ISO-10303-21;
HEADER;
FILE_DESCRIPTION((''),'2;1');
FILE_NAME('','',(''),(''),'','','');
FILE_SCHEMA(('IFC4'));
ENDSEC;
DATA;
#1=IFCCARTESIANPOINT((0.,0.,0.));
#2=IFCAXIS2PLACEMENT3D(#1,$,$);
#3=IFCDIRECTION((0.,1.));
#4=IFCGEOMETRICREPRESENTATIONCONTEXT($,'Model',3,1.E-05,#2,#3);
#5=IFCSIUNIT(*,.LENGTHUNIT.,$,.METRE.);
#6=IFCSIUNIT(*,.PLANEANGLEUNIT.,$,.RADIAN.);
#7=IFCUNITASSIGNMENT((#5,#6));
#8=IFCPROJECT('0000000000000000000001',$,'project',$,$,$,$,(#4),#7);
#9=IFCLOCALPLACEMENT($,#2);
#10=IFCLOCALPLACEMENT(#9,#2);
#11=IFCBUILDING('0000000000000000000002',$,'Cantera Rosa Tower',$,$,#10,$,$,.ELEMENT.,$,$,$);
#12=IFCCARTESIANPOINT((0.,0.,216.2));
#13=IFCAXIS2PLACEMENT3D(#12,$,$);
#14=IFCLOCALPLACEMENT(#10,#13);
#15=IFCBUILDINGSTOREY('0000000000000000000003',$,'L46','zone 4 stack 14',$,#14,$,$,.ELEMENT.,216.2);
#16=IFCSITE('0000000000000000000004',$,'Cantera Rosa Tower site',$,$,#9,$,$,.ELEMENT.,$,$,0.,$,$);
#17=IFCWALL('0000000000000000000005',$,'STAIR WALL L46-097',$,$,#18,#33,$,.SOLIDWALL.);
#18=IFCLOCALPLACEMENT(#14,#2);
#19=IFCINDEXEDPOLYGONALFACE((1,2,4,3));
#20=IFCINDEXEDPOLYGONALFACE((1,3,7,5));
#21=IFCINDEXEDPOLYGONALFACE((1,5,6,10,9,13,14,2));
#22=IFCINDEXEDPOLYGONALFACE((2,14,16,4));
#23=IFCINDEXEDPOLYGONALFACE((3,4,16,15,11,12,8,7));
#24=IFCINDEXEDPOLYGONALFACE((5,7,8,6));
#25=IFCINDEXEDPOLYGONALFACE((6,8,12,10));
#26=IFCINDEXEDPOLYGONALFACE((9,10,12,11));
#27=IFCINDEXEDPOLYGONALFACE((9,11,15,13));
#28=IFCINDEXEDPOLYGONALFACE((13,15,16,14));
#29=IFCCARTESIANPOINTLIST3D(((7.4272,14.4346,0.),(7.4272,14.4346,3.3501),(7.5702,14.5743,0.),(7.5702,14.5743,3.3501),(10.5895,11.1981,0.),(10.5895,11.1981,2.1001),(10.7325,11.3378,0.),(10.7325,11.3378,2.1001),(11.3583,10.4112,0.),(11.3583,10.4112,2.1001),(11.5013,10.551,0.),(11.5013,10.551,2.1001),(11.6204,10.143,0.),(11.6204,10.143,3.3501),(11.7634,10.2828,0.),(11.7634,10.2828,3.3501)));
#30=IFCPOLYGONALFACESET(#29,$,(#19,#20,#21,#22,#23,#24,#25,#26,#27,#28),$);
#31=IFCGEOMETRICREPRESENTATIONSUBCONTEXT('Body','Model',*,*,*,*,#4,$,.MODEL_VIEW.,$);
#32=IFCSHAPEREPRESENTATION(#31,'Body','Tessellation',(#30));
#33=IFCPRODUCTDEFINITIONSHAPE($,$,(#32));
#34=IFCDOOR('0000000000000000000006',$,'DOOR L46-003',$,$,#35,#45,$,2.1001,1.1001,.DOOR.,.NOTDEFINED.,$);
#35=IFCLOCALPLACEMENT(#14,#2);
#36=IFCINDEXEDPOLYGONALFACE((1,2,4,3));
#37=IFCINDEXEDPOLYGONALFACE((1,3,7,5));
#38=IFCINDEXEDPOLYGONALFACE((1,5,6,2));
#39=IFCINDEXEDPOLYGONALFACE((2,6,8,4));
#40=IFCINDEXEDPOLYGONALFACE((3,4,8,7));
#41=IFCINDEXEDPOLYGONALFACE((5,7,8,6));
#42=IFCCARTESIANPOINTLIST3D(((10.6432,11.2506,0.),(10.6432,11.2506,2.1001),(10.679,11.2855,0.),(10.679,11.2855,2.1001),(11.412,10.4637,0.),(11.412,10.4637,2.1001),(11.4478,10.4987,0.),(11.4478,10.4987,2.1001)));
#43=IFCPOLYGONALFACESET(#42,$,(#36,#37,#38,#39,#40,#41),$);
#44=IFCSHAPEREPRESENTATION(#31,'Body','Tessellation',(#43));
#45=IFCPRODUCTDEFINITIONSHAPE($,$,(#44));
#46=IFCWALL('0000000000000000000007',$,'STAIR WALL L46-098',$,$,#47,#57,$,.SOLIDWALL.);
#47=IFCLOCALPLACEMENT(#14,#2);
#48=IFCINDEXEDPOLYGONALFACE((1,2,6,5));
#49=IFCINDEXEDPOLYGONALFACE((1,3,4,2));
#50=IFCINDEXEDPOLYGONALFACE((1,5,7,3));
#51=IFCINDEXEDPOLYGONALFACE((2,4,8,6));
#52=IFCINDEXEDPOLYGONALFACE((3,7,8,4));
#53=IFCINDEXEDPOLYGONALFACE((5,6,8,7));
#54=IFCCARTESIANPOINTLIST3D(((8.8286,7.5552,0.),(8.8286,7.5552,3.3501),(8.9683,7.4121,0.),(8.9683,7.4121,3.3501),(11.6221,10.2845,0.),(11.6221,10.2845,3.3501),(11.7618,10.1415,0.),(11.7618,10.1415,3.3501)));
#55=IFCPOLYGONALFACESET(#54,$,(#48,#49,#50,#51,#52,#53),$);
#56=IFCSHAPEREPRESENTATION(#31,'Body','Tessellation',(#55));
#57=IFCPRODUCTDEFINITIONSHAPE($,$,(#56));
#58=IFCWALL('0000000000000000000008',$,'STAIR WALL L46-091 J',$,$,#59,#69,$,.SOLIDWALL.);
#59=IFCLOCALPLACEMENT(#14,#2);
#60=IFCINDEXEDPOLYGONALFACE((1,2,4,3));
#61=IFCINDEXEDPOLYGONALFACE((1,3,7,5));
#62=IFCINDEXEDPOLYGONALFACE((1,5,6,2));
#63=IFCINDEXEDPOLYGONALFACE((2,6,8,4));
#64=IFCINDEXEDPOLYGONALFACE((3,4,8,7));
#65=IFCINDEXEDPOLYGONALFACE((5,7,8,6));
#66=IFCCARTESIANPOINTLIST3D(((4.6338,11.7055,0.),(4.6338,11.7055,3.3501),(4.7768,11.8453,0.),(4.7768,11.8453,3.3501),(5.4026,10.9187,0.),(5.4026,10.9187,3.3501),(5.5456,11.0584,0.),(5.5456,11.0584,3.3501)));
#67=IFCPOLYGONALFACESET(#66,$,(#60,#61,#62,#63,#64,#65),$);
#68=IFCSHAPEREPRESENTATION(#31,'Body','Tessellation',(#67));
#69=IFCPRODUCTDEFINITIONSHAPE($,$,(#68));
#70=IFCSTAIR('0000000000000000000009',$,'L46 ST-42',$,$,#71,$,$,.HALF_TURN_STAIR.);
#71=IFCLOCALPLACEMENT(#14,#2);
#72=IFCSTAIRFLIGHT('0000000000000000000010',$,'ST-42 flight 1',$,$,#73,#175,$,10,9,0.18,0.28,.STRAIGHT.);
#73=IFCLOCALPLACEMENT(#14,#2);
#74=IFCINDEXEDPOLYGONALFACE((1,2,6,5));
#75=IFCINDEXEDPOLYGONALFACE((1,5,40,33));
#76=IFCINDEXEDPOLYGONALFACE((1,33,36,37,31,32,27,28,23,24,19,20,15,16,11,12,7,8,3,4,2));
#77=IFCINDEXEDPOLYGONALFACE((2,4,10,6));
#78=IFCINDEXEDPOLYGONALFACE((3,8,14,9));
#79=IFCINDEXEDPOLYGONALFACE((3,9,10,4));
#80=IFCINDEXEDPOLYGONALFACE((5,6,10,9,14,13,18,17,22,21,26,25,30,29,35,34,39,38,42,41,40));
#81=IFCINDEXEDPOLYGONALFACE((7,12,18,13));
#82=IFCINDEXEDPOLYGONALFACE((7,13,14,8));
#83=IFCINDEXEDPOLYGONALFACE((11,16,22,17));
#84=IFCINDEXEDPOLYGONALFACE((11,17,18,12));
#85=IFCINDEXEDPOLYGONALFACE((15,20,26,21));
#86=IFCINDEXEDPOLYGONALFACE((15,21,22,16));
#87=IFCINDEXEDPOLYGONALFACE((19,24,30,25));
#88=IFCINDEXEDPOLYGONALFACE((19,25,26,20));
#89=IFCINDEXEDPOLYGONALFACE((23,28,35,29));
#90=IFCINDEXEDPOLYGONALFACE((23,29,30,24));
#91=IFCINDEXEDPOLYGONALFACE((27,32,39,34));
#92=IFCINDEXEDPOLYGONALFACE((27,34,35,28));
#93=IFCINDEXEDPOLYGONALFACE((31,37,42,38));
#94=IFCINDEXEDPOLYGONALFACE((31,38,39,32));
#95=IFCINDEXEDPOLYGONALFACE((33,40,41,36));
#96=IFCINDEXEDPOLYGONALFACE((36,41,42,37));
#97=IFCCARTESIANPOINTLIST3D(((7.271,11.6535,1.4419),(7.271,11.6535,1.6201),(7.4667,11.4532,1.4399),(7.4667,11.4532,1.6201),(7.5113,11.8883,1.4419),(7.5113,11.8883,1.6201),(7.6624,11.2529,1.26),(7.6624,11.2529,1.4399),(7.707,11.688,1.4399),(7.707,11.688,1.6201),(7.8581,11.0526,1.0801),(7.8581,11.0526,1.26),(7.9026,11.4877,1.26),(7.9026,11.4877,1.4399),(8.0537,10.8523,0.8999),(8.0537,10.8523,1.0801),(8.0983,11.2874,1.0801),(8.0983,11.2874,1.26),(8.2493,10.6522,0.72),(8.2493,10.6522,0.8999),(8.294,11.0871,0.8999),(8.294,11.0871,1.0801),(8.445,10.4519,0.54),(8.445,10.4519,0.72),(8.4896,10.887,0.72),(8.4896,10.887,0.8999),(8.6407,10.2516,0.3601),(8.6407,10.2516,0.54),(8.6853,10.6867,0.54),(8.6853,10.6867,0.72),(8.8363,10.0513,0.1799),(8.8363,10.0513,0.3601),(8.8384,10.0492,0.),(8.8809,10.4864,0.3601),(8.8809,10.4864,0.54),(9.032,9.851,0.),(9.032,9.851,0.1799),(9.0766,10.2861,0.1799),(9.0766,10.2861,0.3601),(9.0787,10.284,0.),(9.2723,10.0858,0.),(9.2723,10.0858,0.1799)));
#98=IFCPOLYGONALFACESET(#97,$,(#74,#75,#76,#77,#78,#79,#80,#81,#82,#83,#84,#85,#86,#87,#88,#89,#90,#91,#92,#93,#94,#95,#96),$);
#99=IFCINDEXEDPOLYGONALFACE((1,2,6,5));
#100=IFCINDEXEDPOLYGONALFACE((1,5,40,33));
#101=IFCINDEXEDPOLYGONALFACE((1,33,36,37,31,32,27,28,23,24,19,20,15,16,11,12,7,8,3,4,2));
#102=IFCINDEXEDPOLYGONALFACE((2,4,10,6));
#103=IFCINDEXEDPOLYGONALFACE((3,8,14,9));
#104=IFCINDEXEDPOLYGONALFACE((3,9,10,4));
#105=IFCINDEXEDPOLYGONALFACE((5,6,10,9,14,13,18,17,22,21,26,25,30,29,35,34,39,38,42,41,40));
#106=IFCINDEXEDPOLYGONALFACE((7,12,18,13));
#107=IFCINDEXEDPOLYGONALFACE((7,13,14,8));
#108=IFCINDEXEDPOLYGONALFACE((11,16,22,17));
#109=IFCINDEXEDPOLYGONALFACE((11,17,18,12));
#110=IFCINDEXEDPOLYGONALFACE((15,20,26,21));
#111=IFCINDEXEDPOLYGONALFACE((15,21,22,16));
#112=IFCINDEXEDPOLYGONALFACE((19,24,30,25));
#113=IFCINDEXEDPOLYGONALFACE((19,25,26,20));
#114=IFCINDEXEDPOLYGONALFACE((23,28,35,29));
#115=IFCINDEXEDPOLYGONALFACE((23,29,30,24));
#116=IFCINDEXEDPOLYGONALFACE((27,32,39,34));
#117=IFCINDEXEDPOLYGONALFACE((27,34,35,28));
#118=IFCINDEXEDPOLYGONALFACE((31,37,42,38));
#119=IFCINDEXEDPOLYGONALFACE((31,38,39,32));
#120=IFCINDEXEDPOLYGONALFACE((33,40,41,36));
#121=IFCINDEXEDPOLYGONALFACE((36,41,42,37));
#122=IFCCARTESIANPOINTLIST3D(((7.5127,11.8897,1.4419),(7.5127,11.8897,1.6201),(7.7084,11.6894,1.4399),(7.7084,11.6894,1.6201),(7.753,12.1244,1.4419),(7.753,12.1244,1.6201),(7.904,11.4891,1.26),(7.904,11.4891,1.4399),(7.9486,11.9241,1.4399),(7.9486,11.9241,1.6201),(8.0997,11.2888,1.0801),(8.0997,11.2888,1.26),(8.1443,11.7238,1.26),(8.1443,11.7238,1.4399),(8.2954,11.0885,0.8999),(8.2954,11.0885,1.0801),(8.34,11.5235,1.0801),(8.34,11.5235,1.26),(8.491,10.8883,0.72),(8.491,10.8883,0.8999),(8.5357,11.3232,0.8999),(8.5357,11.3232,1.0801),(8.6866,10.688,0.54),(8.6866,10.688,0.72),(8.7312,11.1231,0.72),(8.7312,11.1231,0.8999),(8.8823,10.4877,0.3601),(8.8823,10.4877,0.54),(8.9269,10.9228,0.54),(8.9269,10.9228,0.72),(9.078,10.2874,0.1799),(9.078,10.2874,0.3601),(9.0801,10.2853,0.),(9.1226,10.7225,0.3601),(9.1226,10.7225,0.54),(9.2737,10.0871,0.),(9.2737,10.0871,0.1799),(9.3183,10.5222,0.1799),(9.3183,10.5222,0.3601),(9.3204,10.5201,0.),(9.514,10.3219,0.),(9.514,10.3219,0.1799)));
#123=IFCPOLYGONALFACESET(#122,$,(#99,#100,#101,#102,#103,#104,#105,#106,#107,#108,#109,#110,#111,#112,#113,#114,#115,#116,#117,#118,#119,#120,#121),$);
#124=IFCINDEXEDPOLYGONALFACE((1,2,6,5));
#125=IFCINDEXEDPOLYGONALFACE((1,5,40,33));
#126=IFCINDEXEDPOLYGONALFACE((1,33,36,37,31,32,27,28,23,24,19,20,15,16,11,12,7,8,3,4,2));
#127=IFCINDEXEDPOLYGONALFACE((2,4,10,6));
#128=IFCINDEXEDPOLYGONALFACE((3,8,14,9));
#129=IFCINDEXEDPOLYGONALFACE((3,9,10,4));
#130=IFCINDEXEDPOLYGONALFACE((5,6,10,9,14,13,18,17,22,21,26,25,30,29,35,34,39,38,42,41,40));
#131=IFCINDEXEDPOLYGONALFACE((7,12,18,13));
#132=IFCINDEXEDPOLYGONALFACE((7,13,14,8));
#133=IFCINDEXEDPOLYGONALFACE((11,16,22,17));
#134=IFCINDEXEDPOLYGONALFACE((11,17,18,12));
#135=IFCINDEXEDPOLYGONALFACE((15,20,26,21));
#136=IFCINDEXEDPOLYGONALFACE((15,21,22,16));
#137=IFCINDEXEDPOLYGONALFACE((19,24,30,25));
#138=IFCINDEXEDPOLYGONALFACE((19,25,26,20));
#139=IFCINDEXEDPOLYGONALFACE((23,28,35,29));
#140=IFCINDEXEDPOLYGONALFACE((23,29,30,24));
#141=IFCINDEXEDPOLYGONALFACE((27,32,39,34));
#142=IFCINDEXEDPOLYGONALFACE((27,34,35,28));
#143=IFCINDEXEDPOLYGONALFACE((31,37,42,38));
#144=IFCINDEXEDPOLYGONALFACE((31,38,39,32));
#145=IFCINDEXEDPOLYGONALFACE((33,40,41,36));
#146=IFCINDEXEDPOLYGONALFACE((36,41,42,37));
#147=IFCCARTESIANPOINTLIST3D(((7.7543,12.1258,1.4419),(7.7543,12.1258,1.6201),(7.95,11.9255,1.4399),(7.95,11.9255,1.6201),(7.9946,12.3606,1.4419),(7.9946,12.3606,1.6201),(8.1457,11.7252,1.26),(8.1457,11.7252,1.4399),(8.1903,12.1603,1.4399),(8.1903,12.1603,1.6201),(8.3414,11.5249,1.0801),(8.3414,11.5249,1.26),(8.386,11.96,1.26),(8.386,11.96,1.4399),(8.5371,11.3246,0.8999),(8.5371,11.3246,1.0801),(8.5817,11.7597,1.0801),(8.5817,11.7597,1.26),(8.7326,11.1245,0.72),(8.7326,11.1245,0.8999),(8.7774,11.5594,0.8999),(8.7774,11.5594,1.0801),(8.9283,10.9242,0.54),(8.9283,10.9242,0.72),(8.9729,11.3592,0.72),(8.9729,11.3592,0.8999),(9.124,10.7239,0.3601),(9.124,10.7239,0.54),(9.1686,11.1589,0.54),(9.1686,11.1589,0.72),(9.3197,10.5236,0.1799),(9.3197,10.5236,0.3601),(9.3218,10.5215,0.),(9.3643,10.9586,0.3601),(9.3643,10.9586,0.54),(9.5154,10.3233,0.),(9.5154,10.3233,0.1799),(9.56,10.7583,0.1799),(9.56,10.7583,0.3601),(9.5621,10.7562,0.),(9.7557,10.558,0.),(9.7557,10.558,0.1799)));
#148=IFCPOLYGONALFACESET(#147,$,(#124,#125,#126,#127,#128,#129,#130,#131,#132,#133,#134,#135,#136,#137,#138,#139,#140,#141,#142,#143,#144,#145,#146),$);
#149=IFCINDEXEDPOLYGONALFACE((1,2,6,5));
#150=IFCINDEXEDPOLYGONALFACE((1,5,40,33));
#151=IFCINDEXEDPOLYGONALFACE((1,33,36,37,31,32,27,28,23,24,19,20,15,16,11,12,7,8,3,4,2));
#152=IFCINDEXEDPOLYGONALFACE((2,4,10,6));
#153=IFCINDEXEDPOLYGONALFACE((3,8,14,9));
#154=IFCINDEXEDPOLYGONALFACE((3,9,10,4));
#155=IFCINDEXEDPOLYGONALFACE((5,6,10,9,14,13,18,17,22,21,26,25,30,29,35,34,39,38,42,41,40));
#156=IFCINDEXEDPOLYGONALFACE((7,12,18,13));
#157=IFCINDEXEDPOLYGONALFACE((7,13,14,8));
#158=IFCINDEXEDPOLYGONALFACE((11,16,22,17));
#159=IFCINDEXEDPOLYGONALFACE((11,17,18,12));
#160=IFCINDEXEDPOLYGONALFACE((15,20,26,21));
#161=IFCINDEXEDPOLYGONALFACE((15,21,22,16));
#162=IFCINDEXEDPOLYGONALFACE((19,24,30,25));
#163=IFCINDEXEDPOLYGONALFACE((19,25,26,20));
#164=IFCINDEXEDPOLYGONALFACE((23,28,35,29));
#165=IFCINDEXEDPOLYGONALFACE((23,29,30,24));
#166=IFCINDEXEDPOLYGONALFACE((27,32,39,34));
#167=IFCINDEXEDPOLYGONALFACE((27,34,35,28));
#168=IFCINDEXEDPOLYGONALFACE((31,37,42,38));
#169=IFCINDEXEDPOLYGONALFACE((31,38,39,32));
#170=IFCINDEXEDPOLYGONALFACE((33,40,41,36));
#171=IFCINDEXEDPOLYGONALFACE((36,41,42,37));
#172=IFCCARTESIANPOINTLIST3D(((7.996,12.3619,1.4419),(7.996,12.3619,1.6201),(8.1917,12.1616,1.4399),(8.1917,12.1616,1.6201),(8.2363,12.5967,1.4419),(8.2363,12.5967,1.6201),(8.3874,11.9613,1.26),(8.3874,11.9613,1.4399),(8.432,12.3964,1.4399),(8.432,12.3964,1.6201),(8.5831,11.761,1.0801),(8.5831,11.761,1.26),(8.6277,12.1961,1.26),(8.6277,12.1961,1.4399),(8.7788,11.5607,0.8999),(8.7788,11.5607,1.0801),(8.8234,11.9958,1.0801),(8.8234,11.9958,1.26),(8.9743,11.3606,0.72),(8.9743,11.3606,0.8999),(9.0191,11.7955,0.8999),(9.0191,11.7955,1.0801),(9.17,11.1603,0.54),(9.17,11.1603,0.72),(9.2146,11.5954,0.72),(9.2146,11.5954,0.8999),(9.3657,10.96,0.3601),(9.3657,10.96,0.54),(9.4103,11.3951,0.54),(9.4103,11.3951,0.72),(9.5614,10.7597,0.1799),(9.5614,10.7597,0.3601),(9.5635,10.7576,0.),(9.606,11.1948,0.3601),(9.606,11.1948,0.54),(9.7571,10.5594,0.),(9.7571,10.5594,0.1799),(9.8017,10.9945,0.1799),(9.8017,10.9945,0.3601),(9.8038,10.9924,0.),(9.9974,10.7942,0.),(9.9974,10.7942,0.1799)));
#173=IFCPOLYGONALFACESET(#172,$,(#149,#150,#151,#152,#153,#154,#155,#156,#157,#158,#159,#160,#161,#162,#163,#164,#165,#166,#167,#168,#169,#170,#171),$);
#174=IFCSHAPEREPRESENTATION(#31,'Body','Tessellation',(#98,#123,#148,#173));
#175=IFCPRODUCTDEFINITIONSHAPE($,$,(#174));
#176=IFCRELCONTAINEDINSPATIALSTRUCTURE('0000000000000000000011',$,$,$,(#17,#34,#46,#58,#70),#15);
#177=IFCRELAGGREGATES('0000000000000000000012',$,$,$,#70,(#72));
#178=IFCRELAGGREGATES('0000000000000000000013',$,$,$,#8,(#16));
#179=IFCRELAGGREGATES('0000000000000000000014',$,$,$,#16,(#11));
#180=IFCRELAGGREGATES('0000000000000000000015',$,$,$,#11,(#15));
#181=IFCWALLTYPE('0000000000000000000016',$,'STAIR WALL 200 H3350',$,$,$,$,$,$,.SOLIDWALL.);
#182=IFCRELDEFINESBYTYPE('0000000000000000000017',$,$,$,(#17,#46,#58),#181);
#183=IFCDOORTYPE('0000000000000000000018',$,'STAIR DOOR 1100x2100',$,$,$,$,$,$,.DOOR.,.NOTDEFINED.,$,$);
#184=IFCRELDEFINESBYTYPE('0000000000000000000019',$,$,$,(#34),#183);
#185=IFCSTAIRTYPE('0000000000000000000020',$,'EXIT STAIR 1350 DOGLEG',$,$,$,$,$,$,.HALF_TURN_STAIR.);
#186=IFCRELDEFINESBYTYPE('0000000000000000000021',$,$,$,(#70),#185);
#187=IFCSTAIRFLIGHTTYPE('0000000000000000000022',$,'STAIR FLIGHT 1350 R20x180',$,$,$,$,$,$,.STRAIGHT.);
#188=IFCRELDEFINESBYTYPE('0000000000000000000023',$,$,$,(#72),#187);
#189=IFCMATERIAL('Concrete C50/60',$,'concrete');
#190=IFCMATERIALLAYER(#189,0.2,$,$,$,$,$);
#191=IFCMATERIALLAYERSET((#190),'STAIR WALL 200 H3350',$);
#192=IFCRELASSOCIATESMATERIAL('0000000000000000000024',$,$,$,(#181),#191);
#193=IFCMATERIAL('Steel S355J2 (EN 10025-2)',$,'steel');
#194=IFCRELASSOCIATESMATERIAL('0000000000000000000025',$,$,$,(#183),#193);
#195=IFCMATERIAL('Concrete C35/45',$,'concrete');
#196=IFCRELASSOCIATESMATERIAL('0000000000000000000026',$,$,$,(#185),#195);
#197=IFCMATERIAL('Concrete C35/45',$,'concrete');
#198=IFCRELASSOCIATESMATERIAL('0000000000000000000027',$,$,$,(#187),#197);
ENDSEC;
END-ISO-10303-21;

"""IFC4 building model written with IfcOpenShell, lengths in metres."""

from ifc_helpers import new_model, si_unit, direction, frame, frame_2d, origin, place, context, subcontext, project, spatial, polyline, rectangle, outline, extrude, material, layer, layer_set, type_object, element, fill, aggregate, save


model = new_model("IFC4")

# Units and contexts
model_context = context("Model", 3, precision=1e-05, world=origin(), true_north=direction((0.0, 1.0)))
body_context = subcontext(model_context, "Body", "Model", "MODEL_VIEW")
ifc_project = project(units=[si_unit("LENGTHUNIT", "METRE"), si_unit("PLANEANGLEUNIT", "RADIAN")], contexts=[model_context])

# Site, building, storey
site_placement = place(None, origin())
site = spatial("IfcSite", under=ifc_project, at=site_placement, Name="Cantera Rosa Tower site", CompositionType="ELEMENT", RefElevation=0.0)
building_placement = place(site_placement, origin())
building = spatial("IfcBuilding", under=site, at=building_placement, Name="Cantera Rosa Tower", CompositionType="ELEMENT")
storey_placement = place(building_placement, frame((0.0, 0.0, 216.2)))
storey = spatial("IfcBuildingStorey", under=building, at=storey_placement, Name="L46", Description="zone 4 stack 14", CompositionType="ELEMENT", Elevation=216.2)

# Wall, opening, door
ifc_material_1 = material(Name="Concrete C50/60", Category="concrete")
ifc_layer_1 = layer(ifc_material_1, 0.2)
ifc_layer_set_1 = layer_set([ifc_layer_1], Name="STAIR WALL 200 H3350")
wall_type_1 = type_object("IfcWallType", Name="STAIR WALL 200 H3350", PredefinedType="SOLIDWALL", material=ifc_layer_set_1)
wall_1_placement = place(storey_placement, frame((11.6919, 10.2129, 0.0), z_axis=(0.0, 0.0, 1.0), x_axis=(-0.69886, 0.715258, 0.0)))
wall_1 = element("IfcWall", 1, at=wall_1_placement, inside=storey, type_object=wall_type_1, Name="STAIR WALL L46-097", PredefinedType="SOLIDWALL", context=body_context, shape_type="SweptSolid", body=[
    extrude(rectangle(XDim=6.0, YDim=0.2, at=frame_2d((3.0, 0.0))), origin(), (0.0, 0.0, 1.0), 3.3501),
])
opening_1_placement = place(wall_1_placement, frame((0.375, 0.0, 0.0)))
opening_1 = element("IfcOpeningElement", 2, at=opening_1_placement, cuts=wall_1, PredefinedType="OPENING", context=body_context, shape_type="SweptSolid", body=[
    extrude(rectangle(XDim=1.1001, YDim=2.1001, at=frame_2d((0.55, 1.05))), frame((0.0, 0.1099, 0.0), z_axis=(0.0, -1.0, 0.0), x_axis=(1.0, 0.0, 0.0)), (0.0, 0.0, 1.0), 0.22),
])
ifc_material_2 = material(Name="Steel S355J2 (EN 10025-2)", Category="steel")
door_type_1 = type_object("IfcDoorType", Name="STAIR DOOR 1100x2100", OperationType="NOTDEFINED", PredefinedType="DOOR", material=ifc_material_2)
door_1_placement = place(opening_1_placement, origin())
door_1 = element("IfcDoor", 3, at=door_1_placement, inside=storey, type_object=door_type_1, Name="DOOR L46-003", OperationType="NOTDEFINED", OverallHeight=2.1001, OverallWidth=1.1001, PredefinedType="DOOR", context=body_context, shape_type="SweptSolid", body=[
    extrude(rectangle(XDim=1.1001, YDim=2.1001, at=frame_2d((0.55, 1.05))), frame((0.0, 0.0249, 0.0), z_axis=(0.0, -1.0, 0.0), x_axis=(1.0, 0.0, 0.0)), (0.0, 0.0, 1.0), 0.05),
])
fill(opening_1, door_1)

# Walls
wall_2_placement = place(storey_placement, frame((11.6919, 10.2129, 0.0), z_axis=(0.0, 0.0, 1.0), x_axis=(-0.71528, -0.698838, 0.0)))
element("IfcWall", 4, at=wall_2_placement, inside=storey, type_object=wall_type_1, Name="STAIR WALL L46-098", PredefinedType="SOLIDWALL", context=body_context, shape_type="SweptSolid", body=[
    extrude(rectangle(XDim=3.9055, YDim=0.2, at=frame_2d((1.9526, 0.0))), origin(), (0.0, 0.0, 1.0), 3.3501),
])
wall_3_placement = place(storey_placement, frame((5.4741, 10.9885, 0.0), z_axis=(0.0, 0.0, 1.0), x_axis=(-0.698848, 0.71527, 0.0)))
element("IfcWall", 5, at=wall_3_placement, inside=storey, type_object=wall_type_1, Name="STAIR WALL L46-091 J", PredefinedType="SOLIDWALL", context=body_context, shape_type="SweptSolid", body=[
    extrude(rectangle(XDim=1.1001, YDim=0.2, at=frame_2d((0.55, 0.0))), origin(), (0.0, 0.0, 1.0), 3.3501),
])

# Stair, stair flight
ifc_material_3 = material(Name="Concrete C35/45", Category="concrete")
stair_type = type_object("IfcStairType", Name="EXIT STAIR 1350 DOGLEG", PredefinedType="HALF_TURN_STAIR", material=ifc_material_3)
stair_placement = place(storey_placement, origin())
stair = element("IfcStair", 6, at=stair_placement, inside=storey, type_object=stair_type, Name="L46 ST-42", PredefinedType="HALF_TURN_STAIR")
ifc_material_4 = material(Name="Concrete C35/45", Category="concrete")
stair_flight_type = type_object("IfcStairFlightType", Name="STAIR FLIGHT 1350 R20x180", PredefinedType="STRAIGHT", material=ifc_material_4)
stair_flight_1_placement = place(storey_placement, frame((9.5149, 10.3228, 0.0), z_axis=(0.0, 0.0, 1.0), x_axis=(-0.698832, 0.715286, 0.0)))
stair_flight_1 = element("IfcStairFlight", 7, at=stair_flight_1_placement, type_object=stair_flight_type, Name="ST-42 flight 1", NumberOfRisers=10, NumberOfTreads=9, PredefinedType="STRAIGHT", RiserHeight=0.18, TreadLength=0.28, context=body_context, shape_type="SweptSolid", body=[
    extrude(outline(polyline([(0.0, 0.0), (0.0, 0.1799), (0.28, 0.1799), (0.28, 0.3601), (0.5601, 0.3601), (0.5601, 0.54), (0.8401, 0.54), (0.8401, 0.72), (1.1201, 0.72), (1.1201, 0.8999), (1.3999, 0.8999), (1.3999, 1.0801), (1.6799, 1.0801), (1.6799, 1.26), (1.96, 1.26), (1.96, 1.4399), (2.24, 1.4399), (2.24, 1.6201), (2.52, 1.6201), (2.52, 1.8), (2.52, 1.4419), (0.2771, 0.0), (0.0, 0.0)])), frame((0.0, 0.675, 0.0), z_axis=(0.0, -1.0, 0.0), x_axis=(1.0, 0.0, 0.0)), (0.0, 0.0, 1.0), 0.3359),
    extrude(outline(polyline([(0.0, 0.0), (0.0, 0.1799), (0.28, 0.1799), (0.28, 0.3601), (0.5601, 0.3601), (0.5601, 0.54), (0.8401, 0.54), (0.8401, 0.72), (1.1201, 0.72), (1.1201, 0.8999), (1.3999, 0.8999), (1.3999, 1.0801), (1.6799, 1.0801), (1.6799, 1.26), (1.96, 1.26), (1.96, 1.4399), (2.24, 1.4399), (2.24, 1.6201), (2.52, 1.6201), (2.52, 1.8), (2.52, 1.4419), (0.2771, 0.0), (0.0, 0.0)])), frame((0.0, 0.3372, 0.0), z_axis=(0.0, -1.0, 0.0), x_axis=(1.0, 0.0, 0.0)), (0.0, 0.0, 1.0), 0.3359),
    extrude(outline(polyline([(0.0, 0.0), (0.0, 0.1799), (0.28, 0.1799), (0.28, 0.3601), (0.5601, 0.3601), (0.5601, 0.54), (0.8401, 0.54), (0.8401, 0.72), (1.1201, 0.72), (1.1201, 0.8999), (1.3999, 0.8999), (1.3999, 1.0801), (1.6799, 1.0801), (1.6799, 1.26), (1.96, 1.26), (1.96, 1.4399), (2.24, 1.4399), (2.24, 1.6201), (2.52, 1.6201), (2.52, 1.8), (2.52, 1.4419), (0.2771, 0.0), (0.0, 0.0)])), frame((0.0, -0.0007, 0.0), z_axis=(0.0, -1.0, 0.0), x_axis=(1.0, 0.0, 0.0)), (0.0, 0.0, 1.0), 0.3359),
    extrude(outline(polyline([(0.0, 0.0), (0.0, 0.1799), (0.28, 0.1799), (0.28, 0.3601), (0.5601, 0.3601), (0.5601, 0.54), (0.8401, 0.54), (0.8401, 0.72), (1.1201, 0.72), (1.1201, 0.8999), (1.3999, 0.8999), (1.3999, 1.0801), (1.6799, 1.0801), (1.6799, 1.26), (1.96, 1.26), (1.96, 1.4399), (2.24, 1.4399), (2.24, 1.6201), (2.52, 1.6201), (2.52, 1.8), (2.52, 1.4419), (0.2771, 0.0), (0.0, 0.0)])), frame((0.0, -0.3386, 0.0), z_axis=(0.0, -1.0, 0.0), x_axis=(1.0, 0.0, 0.0)), (0.0, 0.0, 1.0), 0.3359),
])
aggregate(stair, [stair_flight_1])

save(model, "model.ifc")
